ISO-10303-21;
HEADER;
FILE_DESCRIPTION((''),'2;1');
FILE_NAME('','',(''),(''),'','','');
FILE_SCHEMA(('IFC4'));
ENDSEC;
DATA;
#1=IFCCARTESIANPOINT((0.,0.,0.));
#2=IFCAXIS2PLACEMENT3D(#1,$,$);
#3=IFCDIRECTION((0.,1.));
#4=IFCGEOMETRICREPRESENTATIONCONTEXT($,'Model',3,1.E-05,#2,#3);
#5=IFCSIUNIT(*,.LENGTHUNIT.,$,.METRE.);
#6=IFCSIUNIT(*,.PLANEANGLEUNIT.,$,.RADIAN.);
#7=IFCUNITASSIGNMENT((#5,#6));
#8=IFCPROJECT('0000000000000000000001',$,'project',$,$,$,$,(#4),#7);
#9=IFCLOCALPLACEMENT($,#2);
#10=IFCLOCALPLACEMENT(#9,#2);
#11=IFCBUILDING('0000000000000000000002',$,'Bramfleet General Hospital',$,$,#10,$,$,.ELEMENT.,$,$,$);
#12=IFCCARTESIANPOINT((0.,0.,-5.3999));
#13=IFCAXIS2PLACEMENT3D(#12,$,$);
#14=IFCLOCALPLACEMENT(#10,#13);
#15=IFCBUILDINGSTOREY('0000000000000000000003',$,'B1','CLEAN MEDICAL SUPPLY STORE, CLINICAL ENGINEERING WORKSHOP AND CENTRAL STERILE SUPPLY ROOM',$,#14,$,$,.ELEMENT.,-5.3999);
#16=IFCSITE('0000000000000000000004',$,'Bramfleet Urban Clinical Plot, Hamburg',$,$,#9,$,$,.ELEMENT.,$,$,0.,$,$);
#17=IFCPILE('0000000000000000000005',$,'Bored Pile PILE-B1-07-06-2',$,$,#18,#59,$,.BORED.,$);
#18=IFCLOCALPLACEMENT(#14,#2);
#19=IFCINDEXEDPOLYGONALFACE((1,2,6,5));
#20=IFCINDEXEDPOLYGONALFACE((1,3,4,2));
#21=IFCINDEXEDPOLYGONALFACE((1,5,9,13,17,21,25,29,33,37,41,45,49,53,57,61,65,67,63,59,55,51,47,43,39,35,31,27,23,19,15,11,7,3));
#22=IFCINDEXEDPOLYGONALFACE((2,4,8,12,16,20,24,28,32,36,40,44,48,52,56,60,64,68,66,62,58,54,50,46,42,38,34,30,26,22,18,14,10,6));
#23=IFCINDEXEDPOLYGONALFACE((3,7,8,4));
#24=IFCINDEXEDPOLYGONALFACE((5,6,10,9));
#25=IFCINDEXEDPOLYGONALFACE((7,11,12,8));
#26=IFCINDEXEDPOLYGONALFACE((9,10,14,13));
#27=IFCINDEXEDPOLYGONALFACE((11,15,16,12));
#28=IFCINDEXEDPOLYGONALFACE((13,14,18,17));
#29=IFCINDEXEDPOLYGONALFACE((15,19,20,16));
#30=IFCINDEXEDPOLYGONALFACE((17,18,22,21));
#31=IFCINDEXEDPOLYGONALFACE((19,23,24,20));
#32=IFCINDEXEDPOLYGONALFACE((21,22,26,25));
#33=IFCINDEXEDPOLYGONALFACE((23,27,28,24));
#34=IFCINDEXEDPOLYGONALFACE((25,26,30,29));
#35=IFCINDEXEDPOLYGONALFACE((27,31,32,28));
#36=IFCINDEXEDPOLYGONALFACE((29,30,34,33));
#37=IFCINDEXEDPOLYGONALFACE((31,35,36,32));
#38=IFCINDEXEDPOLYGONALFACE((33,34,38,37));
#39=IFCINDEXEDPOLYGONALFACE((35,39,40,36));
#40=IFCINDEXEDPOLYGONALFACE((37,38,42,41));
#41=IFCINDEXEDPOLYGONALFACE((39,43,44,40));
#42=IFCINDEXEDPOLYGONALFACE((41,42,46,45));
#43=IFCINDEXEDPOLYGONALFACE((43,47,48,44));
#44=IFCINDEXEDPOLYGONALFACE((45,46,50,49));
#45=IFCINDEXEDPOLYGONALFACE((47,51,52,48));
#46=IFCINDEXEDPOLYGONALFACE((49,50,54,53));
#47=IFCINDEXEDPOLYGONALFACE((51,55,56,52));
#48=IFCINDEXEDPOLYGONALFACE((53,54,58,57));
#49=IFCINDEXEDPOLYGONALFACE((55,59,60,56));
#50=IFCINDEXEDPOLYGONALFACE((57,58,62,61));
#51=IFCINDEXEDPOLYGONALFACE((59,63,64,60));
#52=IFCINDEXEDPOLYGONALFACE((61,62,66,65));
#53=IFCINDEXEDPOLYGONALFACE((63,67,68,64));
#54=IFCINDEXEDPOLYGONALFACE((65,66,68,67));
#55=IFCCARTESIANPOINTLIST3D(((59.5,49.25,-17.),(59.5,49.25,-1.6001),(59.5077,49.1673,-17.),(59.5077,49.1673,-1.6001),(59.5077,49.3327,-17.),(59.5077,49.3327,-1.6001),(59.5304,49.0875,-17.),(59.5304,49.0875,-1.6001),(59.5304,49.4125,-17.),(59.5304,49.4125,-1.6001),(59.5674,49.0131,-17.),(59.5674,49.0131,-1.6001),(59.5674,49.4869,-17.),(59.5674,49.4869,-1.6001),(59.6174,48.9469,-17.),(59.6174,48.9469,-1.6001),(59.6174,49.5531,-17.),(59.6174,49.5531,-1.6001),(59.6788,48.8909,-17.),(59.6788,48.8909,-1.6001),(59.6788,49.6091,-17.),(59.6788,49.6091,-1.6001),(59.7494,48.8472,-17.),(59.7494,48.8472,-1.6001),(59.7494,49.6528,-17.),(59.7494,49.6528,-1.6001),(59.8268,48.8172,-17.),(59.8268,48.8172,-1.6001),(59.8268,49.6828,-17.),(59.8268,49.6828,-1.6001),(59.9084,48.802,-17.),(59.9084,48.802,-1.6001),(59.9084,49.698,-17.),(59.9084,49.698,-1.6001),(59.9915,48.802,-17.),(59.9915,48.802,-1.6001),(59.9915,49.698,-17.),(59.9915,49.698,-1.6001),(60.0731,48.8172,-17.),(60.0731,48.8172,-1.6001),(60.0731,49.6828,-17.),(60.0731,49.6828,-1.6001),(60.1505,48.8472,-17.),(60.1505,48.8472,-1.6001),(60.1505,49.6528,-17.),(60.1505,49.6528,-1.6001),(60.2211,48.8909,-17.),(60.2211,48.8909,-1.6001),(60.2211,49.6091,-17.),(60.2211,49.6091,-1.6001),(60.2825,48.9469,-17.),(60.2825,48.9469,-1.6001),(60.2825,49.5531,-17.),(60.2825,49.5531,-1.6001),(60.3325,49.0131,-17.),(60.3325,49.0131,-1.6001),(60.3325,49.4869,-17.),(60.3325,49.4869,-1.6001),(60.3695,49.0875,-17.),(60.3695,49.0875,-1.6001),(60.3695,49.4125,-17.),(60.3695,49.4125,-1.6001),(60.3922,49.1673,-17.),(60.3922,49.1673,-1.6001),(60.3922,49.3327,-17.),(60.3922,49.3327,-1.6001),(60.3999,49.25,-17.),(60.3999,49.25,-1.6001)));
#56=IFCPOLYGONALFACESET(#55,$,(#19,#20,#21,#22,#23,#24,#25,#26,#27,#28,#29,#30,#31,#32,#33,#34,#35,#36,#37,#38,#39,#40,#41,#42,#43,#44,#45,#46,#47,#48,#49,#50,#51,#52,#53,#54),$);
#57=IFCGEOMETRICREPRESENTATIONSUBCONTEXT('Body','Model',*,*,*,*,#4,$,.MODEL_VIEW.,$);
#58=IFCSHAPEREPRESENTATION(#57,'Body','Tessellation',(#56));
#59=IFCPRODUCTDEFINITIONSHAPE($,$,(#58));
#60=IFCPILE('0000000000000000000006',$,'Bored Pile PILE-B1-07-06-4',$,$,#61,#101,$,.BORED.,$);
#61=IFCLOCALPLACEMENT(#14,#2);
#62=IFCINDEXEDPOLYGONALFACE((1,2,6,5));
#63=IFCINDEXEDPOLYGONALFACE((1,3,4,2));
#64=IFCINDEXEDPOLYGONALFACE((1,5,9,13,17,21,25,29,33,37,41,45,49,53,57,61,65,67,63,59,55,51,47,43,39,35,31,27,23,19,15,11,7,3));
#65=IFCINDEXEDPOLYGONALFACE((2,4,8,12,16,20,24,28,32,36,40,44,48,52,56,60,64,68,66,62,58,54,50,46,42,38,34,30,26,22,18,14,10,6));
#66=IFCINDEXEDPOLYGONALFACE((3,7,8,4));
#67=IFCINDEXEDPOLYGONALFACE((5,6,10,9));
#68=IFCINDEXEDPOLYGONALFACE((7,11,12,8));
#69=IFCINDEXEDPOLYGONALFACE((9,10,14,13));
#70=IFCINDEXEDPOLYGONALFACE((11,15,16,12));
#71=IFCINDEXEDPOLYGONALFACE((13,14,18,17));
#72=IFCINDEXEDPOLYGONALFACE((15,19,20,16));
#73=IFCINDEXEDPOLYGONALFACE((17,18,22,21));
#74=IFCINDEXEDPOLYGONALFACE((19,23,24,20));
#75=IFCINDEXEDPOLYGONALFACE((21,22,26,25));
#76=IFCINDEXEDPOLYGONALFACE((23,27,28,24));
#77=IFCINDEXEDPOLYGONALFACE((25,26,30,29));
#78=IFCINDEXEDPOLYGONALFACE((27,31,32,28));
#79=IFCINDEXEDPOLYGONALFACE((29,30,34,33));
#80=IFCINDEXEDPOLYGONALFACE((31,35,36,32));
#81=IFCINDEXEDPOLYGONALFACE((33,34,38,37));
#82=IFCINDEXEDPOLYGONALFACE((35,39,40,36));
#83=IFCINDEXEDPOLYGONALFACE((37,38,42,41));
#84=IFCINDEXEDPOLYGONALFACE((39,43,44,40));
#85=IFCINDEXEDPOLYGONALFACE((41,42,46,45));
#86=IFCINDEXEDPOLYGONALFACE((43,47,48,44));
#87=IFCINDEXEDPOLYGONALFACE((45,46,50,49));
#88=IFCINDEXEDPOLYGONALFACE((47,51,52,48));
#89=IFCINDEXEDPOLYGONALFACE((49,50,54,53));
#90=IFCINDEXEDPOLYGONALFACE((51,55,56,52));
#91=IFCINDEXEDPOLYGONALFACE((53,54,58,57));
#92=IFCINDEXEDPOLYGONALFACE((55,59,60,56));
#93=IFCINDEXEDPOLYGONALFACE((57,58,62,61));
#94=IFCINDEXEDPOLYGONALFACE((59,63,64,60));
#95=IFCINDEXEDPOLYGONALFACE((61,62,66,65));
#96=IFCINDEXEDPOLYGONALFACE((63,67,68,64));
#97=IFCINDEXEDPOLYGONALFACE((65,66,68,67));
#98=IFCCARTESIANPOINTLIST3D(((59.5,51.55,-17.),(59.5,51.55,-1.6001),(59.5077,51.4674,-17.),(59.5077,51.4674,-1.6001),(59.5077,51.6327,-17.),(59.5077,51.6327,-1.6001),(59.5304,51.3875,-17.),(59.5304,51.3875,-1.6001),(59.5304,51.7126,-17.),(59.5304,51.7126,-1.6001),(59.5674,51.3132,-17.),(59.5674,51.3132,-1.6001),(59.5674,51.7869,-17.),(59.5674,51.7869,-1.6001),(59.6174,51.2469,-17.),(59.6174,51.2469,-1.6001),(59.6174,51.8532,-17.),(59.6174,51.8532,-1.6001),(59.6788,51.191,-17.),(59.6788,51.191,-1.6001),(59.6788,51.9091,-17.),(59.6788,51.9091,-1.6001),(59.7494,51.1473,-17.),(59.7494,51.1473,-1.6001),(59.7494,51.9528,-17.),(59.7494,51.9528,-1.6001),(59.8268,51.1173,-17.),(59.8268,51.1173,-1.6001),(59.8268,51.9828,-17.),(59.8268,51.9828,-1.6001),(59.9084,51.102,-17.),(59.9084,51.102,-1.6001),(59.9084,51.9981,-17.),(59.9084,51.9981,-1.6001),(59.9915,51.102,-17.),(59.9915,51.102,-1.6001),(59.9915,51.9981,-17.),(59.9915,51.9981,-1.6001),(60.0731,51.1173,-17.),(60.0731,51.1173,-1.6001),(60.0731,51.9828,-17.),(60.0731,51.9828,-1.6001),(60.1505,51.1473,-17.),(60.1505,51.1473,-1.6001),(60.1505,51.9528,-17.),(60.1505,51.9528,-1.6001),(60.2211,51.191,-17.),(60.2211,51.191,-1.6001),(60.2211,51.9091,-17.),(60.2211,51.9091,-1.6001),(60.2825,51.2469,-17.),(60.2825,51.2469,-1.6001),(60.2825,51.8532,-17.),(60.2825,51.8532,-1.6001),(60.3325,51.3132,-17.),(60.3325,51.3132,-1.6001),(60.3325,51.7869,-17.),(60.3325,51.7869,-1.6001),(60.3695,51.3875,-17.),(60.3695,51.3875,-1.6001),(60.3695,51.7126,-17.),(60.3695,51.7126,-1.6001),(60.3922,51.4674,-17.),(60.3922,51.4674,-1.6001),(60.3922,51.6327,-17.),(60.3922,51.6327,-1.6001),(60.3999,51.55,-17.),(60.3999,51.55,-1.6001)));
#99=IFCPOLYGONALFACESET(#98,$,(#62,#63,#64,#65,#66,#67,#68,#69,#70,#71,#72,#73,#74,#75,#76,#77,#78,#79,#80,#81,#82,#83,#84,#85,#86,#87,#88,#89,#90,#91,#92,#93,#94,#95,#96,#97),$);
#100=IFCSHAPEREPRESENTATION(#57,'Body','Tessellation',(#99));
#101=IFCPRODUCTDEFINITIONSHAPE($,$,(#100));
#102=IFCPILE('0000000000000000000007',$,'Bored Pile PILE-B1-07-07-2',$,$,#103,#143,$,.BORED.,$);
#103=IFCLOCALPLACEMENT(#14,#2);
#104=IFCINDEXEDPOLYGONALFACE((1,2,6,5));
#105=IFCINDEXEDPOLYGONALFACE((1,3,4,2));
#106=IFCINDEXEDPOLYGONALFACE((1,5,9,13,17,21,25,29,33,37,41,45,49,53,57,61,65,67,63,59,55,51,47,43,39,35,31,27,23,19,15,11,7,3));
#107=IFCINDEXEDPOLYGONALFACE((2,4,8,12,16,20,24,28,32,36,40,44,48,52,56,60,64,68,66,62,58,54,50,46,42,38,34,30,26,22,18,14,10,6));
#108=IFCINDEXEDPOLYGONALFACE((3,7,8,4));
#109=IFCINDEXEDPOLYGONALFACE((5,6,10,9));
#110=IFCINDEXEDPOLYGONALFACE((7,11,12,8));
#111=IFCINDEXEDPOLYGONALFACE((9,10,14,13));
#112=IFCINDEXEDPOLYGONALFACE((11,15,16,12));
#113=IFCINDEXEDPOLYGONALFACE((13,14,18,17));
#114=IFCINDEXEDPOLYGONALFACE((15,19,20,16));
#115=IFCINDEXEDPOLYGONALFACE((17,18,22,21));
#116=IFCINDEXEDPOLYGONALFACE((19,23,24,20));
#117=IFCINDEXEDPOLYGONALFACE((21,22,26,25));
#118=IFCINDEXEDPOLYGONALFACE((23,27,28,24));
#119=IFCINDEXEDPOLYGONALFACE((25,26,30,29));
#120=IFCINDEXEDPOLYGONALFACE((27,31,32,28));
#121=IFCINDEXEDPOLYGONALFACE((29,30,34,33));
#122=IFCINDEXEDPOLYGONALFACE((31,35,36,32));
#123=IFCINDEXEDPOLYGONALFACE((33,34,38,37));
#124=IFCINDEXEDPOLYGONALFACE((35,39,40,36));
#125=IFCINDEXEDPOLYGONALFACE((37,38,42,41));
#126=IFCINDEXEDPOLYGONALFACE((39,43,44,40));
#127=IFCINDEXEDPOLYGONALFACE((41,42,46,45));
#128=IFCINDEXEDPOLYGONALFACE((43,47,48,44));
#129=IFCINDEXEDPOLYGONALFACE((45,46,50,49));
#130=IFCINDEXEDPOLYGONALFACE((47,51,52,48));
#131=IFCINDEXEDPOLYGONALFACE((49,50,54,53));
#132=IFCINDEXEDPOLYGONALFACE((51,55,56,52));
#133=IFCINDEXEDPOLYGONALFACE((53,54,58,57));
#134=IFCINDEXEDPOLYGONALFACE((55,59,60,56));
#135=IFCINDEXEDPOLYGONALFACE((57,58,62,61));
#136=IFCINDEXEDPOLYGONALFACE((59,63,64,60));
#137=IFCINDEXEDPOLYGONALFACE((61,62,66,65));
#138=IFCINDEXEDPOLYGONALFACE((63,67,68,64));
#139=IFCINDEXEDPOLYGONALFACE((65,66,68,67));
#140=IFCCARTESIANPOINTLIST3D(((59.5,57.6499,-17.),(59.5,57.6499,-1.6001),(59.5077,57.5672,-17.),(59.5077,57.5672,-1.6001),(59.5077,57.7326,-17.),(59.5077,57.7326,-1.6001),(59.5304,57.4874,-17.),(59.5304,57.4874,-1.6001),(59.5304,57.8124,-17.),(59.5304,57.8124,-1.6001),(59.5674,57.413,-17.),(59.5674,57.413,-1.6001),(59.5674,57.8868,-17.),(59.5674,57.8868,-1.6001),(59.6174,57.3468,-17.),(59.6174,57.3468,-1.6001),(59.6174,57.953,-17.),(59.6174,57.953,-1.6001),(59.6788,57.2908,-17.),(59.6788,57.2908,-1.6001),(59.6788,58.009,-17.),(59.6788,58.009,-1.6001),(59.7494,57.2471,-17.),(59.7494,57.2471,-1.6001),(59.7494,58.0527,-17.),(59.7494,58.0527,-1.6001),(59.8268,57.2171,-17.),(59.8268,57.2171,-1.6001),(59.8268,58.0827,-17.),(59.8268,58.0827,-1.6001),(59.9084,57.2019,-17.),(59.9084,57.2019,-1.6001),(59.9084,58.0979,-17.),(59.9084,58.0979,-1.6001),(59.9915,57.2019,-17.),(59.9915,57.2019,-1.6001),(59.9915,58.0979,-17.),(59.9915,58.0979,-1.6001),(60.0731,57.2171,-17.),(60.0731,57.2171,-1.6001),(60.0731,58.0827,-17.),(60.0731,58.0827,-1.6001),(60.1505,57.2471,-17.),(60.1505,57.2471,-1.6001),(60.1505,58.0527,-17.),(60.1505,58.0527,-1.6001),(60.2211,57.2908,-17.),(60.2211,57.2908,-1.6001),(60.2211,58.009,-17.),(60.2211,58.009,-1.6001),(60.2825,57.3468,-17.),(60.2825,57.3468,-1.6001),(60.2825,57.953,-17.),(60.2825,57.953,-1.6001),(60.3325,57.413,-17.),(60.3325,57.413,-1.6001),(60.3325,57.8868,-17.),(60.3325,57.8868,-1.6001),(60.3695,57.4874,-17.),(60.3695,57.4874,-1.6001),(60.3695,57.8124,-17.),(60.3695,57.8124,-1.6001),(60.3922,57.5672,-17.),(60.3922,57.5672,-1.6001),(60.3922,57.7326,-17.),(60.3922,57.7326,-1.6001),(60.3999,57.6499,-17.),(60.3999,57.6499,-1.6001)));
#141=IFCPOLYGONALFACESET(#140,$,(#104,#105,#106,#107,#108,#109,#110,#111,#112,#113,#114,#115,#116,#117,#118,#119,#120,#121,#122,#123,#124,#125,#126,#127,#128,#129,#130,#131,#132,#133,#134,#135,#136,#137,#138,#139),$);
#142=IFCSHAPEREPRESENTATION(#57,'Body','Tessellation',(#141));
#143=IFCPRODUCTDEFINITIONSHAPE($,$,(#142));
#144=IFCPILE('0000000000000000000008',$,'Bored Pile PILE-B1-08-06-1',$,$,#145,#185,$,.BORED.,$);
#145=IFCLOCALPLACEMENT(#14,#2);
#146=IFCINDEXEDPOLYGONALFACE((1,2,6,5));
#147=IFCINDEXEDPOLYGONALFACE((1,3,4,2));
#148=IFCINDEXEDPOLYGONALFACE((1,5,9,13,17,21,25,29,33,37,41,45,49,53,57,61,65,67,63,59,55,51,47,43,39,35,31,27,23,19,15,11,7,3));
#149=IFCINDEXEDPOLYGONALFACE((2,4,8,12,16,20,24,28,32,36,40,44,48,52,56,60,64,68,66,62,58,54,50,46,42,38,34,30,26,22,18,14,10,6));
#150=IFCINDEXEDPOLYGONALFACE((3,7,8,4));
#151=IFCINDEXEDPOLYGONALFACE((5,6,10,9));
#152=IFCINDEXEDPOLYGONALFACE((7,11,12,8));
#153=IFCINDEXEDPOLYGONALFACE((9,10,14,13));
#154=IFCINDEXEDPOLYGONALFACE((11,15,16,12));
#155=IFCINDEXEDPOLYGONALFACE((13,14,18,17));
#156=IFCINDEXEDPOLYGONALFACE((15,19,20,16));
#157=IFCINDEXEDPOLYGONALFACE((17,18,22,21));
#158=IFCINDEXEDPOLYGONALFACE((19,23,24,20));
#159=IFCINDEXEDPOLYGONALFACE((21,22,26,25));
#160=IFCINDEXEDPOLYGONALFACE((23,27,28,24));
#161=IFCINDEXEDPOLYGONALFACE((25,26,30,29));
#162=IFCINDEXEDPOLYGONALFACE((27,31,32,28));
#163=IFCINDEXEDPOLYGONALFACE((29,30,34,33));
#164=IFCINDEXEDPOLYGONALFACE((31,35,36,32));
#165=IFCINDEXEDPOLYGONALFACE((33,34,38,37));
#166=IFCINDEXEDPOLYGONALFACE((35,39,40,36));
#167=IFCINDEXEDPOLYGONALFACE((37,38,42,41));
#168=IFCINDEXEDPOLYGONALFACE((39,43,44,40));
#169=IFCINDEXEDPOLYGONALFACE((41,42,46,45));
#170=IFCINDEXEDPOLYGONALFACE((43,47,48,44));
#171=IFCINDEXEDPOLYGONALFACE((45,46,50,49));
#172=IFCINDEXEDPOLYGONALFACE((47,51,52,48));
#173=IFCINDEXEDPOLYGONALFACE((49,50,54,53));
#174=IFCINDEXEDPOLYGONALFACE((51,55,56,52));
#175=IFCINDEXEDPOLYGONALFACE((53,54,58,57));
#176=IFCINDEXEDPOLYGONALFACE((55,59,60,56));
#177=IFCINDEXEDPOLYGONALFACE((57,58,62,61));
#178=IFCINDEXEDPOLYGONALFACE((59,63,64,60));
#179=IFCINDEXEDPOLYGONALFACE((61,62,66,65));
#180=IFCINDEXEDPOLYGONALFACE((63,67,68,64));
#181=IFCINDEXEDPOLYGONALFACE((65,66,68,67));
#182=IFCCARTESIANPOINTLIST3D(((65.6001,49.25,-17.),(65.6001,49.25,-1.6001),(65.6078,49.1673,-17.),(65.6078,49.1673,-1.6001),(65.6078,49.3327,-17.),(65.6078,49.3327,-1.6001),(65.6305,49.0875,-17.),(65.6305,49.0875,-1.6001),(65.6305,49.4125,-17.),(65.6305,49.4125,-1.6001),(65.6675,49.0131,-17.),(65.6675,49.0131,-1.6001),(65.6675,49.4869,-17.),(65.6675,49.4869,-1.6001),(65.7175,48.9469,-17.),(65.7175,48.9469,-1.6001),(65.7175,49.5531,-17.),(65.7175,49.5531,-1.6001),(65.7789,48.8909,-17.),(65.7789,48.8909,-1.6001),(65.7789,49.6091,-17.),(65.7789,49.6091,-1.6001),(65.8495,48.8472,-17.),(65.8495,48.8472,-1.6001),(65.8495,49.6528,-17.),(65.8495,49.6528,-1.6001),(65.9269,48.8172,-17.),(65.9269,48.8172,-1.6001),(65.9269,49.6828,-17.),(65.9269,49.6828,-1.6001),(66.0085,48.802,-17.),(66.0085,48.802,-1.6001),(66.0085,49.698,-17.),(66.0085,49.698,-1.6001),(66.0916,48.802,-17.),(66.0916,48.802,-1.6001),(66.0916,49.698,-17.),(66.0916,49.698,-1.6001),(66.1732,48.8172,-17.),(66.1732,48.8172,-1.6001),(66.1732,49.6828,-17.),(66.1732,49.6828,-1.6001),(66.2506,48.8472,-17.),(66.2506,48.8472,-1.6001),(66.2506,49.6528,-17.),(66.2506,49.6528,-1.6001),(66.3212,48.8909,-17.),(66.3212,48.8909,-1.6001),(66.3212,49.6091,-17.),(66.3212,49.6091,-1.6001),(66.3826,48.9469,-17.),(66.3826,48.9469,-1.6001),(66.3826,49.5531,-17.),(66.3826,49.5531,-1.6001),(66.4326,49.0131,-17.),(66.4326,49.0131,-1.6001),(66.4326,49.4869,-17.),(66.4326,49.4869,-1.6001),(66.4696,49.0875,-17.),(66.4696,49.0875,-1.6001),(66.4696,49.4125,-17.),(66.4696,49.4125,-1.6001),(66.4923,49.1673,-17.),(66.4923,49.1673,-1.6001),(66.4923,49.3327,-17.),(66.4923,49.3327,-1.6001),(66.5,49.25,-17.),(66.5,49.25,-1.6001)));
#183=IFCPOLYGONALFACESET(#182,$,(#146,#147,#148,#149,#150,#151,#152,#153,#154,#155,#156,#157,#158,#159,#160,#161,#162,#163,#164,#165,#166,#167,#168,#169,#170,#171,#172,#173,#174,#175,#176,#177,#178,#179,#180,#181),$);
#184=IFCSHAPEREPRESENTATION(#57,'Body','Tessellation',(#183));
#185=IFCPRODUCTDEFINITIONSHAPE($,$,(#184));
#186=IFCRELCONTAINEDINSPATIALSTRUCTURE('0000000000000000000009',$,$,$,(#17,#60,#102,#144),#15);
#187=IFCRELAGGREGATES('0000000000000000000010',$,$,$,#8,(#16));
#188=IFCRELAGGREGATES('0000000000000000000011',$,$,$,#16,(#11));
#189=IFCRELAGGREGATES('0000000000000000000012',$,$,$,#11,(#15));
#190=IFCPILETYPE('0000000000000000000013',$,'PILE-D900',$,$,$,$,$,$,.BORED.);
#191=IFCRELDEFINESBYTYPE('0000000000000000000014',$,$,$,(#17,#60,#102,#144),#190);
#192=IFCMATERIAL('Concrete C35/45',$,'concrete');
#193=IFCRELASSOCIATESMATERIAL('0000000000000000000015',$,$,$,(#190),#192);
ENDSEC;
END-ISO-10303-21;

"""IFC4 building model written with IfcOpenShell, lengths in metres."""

from ifc_helpers import new_model, si_unit, direction, frame, origin, origin_2d, place, context, subcontext, project, spatial, circle, extrude, material, material_profile, profile_set, type_object, element, save


model = new_model("IFC4")

# Units and contexts
model_context = context("Model", 3, precision=1e-05, world=origin(), true_north=direction((0.0, 1.0)))
body_context = subcontext(model_context, "Body", "Model", "MODEL_VIEW")
ifc_project = project(units=[si_unit("LENGTHUNIT", "METRE"), si_unit("PLANEANGLEUNIT", "RADIAN")], contexts=[model_context])

# Site, building, storey
site_placement = place(None, origin())
site = spatial("IfcSite", under=ifc_project, at=site_placement, Name="Bramfleet Urban Clinical Plot, Hamburg", CompositionType="ELEMENT", RefElevation=0.0)
building_placement = place(site_placement, origin())
building = spatial("IfcBuilding", under=site, at=building_placement, Name="Bramfleet General Hospital", CompositionType="ELEMENT")
storey_placement = place(building_placement, frame((0.0, 0.0, -5.3999)))
storey = spatial("IfcBuildingStorey", under=building, at=storey_placement, Name="B1", Description="CLEAN MEDICAL SUPPLY STORE, CLINICAL ENGINEERING WORKSHOP AND CENTRAL STERILE SUPPLY ROOM", CompositionType="ELEMENT", Elevation=-5.3999)

# Shared definitions
ifc_material_1 = material(Name="Concrete C35/45", Category="concrete")

# Piles
ifc_material_profile_1 = material_profile(ifc_material_1, circle(Radius=0.45, at=origin_2d()), Name="PILE BORED D900")
ifc_profile_set_1 = profile_set([ifc_material_profile_1], Name="Concrete C35/45")
pile_type_1 = type_object("IfcPileType", Name="PILE-D900", PredefinedType="BORED", material=ifc_profile_set_1)
for number, where, z_axis, x_axis, name in (
    (1, (59.95, 49.25, -1.6001), (0.0, 0.0, -1.0), (1.0, 0.0, 0.0), "Bored Pile PILE-B1-07-06-2"),
    (2, (59.95, 51.55, -1.6001), (0.0, 0.0, -1.0), (1.0, 0.0, 0.0), "Bored Pile PILE-B1-07-06-4"),
    (3, (59.95, 57.6499, -1.6001), (0.0, 0.0, -1.0), (1.0, 0.0, 0.0), "Bored Pile PILE-B1-07-07-2"),
    (4, (66.05, 49.25, -1.6001), (0.0, 0.0, -1.0), (1.0, 0.0, 0.0), "Bored Pile PILE-B1-08-06-1"),
):
    element("IfcPile", number, at=place(storey_placement, frame(where, z_axis=z_axis, x_axis=x_axis)), inside=storey, type_object=pile_type_1, Name=name, PredefinedType="BORED", context=body_context, shape_type="SweptSolid", body=[
        extrude(circle(Radius=0.45, at=origin_2d()), origin(), (0.0, 0.0, 1.0), 15.3999),
    ])

save(model, "model.ifc")
